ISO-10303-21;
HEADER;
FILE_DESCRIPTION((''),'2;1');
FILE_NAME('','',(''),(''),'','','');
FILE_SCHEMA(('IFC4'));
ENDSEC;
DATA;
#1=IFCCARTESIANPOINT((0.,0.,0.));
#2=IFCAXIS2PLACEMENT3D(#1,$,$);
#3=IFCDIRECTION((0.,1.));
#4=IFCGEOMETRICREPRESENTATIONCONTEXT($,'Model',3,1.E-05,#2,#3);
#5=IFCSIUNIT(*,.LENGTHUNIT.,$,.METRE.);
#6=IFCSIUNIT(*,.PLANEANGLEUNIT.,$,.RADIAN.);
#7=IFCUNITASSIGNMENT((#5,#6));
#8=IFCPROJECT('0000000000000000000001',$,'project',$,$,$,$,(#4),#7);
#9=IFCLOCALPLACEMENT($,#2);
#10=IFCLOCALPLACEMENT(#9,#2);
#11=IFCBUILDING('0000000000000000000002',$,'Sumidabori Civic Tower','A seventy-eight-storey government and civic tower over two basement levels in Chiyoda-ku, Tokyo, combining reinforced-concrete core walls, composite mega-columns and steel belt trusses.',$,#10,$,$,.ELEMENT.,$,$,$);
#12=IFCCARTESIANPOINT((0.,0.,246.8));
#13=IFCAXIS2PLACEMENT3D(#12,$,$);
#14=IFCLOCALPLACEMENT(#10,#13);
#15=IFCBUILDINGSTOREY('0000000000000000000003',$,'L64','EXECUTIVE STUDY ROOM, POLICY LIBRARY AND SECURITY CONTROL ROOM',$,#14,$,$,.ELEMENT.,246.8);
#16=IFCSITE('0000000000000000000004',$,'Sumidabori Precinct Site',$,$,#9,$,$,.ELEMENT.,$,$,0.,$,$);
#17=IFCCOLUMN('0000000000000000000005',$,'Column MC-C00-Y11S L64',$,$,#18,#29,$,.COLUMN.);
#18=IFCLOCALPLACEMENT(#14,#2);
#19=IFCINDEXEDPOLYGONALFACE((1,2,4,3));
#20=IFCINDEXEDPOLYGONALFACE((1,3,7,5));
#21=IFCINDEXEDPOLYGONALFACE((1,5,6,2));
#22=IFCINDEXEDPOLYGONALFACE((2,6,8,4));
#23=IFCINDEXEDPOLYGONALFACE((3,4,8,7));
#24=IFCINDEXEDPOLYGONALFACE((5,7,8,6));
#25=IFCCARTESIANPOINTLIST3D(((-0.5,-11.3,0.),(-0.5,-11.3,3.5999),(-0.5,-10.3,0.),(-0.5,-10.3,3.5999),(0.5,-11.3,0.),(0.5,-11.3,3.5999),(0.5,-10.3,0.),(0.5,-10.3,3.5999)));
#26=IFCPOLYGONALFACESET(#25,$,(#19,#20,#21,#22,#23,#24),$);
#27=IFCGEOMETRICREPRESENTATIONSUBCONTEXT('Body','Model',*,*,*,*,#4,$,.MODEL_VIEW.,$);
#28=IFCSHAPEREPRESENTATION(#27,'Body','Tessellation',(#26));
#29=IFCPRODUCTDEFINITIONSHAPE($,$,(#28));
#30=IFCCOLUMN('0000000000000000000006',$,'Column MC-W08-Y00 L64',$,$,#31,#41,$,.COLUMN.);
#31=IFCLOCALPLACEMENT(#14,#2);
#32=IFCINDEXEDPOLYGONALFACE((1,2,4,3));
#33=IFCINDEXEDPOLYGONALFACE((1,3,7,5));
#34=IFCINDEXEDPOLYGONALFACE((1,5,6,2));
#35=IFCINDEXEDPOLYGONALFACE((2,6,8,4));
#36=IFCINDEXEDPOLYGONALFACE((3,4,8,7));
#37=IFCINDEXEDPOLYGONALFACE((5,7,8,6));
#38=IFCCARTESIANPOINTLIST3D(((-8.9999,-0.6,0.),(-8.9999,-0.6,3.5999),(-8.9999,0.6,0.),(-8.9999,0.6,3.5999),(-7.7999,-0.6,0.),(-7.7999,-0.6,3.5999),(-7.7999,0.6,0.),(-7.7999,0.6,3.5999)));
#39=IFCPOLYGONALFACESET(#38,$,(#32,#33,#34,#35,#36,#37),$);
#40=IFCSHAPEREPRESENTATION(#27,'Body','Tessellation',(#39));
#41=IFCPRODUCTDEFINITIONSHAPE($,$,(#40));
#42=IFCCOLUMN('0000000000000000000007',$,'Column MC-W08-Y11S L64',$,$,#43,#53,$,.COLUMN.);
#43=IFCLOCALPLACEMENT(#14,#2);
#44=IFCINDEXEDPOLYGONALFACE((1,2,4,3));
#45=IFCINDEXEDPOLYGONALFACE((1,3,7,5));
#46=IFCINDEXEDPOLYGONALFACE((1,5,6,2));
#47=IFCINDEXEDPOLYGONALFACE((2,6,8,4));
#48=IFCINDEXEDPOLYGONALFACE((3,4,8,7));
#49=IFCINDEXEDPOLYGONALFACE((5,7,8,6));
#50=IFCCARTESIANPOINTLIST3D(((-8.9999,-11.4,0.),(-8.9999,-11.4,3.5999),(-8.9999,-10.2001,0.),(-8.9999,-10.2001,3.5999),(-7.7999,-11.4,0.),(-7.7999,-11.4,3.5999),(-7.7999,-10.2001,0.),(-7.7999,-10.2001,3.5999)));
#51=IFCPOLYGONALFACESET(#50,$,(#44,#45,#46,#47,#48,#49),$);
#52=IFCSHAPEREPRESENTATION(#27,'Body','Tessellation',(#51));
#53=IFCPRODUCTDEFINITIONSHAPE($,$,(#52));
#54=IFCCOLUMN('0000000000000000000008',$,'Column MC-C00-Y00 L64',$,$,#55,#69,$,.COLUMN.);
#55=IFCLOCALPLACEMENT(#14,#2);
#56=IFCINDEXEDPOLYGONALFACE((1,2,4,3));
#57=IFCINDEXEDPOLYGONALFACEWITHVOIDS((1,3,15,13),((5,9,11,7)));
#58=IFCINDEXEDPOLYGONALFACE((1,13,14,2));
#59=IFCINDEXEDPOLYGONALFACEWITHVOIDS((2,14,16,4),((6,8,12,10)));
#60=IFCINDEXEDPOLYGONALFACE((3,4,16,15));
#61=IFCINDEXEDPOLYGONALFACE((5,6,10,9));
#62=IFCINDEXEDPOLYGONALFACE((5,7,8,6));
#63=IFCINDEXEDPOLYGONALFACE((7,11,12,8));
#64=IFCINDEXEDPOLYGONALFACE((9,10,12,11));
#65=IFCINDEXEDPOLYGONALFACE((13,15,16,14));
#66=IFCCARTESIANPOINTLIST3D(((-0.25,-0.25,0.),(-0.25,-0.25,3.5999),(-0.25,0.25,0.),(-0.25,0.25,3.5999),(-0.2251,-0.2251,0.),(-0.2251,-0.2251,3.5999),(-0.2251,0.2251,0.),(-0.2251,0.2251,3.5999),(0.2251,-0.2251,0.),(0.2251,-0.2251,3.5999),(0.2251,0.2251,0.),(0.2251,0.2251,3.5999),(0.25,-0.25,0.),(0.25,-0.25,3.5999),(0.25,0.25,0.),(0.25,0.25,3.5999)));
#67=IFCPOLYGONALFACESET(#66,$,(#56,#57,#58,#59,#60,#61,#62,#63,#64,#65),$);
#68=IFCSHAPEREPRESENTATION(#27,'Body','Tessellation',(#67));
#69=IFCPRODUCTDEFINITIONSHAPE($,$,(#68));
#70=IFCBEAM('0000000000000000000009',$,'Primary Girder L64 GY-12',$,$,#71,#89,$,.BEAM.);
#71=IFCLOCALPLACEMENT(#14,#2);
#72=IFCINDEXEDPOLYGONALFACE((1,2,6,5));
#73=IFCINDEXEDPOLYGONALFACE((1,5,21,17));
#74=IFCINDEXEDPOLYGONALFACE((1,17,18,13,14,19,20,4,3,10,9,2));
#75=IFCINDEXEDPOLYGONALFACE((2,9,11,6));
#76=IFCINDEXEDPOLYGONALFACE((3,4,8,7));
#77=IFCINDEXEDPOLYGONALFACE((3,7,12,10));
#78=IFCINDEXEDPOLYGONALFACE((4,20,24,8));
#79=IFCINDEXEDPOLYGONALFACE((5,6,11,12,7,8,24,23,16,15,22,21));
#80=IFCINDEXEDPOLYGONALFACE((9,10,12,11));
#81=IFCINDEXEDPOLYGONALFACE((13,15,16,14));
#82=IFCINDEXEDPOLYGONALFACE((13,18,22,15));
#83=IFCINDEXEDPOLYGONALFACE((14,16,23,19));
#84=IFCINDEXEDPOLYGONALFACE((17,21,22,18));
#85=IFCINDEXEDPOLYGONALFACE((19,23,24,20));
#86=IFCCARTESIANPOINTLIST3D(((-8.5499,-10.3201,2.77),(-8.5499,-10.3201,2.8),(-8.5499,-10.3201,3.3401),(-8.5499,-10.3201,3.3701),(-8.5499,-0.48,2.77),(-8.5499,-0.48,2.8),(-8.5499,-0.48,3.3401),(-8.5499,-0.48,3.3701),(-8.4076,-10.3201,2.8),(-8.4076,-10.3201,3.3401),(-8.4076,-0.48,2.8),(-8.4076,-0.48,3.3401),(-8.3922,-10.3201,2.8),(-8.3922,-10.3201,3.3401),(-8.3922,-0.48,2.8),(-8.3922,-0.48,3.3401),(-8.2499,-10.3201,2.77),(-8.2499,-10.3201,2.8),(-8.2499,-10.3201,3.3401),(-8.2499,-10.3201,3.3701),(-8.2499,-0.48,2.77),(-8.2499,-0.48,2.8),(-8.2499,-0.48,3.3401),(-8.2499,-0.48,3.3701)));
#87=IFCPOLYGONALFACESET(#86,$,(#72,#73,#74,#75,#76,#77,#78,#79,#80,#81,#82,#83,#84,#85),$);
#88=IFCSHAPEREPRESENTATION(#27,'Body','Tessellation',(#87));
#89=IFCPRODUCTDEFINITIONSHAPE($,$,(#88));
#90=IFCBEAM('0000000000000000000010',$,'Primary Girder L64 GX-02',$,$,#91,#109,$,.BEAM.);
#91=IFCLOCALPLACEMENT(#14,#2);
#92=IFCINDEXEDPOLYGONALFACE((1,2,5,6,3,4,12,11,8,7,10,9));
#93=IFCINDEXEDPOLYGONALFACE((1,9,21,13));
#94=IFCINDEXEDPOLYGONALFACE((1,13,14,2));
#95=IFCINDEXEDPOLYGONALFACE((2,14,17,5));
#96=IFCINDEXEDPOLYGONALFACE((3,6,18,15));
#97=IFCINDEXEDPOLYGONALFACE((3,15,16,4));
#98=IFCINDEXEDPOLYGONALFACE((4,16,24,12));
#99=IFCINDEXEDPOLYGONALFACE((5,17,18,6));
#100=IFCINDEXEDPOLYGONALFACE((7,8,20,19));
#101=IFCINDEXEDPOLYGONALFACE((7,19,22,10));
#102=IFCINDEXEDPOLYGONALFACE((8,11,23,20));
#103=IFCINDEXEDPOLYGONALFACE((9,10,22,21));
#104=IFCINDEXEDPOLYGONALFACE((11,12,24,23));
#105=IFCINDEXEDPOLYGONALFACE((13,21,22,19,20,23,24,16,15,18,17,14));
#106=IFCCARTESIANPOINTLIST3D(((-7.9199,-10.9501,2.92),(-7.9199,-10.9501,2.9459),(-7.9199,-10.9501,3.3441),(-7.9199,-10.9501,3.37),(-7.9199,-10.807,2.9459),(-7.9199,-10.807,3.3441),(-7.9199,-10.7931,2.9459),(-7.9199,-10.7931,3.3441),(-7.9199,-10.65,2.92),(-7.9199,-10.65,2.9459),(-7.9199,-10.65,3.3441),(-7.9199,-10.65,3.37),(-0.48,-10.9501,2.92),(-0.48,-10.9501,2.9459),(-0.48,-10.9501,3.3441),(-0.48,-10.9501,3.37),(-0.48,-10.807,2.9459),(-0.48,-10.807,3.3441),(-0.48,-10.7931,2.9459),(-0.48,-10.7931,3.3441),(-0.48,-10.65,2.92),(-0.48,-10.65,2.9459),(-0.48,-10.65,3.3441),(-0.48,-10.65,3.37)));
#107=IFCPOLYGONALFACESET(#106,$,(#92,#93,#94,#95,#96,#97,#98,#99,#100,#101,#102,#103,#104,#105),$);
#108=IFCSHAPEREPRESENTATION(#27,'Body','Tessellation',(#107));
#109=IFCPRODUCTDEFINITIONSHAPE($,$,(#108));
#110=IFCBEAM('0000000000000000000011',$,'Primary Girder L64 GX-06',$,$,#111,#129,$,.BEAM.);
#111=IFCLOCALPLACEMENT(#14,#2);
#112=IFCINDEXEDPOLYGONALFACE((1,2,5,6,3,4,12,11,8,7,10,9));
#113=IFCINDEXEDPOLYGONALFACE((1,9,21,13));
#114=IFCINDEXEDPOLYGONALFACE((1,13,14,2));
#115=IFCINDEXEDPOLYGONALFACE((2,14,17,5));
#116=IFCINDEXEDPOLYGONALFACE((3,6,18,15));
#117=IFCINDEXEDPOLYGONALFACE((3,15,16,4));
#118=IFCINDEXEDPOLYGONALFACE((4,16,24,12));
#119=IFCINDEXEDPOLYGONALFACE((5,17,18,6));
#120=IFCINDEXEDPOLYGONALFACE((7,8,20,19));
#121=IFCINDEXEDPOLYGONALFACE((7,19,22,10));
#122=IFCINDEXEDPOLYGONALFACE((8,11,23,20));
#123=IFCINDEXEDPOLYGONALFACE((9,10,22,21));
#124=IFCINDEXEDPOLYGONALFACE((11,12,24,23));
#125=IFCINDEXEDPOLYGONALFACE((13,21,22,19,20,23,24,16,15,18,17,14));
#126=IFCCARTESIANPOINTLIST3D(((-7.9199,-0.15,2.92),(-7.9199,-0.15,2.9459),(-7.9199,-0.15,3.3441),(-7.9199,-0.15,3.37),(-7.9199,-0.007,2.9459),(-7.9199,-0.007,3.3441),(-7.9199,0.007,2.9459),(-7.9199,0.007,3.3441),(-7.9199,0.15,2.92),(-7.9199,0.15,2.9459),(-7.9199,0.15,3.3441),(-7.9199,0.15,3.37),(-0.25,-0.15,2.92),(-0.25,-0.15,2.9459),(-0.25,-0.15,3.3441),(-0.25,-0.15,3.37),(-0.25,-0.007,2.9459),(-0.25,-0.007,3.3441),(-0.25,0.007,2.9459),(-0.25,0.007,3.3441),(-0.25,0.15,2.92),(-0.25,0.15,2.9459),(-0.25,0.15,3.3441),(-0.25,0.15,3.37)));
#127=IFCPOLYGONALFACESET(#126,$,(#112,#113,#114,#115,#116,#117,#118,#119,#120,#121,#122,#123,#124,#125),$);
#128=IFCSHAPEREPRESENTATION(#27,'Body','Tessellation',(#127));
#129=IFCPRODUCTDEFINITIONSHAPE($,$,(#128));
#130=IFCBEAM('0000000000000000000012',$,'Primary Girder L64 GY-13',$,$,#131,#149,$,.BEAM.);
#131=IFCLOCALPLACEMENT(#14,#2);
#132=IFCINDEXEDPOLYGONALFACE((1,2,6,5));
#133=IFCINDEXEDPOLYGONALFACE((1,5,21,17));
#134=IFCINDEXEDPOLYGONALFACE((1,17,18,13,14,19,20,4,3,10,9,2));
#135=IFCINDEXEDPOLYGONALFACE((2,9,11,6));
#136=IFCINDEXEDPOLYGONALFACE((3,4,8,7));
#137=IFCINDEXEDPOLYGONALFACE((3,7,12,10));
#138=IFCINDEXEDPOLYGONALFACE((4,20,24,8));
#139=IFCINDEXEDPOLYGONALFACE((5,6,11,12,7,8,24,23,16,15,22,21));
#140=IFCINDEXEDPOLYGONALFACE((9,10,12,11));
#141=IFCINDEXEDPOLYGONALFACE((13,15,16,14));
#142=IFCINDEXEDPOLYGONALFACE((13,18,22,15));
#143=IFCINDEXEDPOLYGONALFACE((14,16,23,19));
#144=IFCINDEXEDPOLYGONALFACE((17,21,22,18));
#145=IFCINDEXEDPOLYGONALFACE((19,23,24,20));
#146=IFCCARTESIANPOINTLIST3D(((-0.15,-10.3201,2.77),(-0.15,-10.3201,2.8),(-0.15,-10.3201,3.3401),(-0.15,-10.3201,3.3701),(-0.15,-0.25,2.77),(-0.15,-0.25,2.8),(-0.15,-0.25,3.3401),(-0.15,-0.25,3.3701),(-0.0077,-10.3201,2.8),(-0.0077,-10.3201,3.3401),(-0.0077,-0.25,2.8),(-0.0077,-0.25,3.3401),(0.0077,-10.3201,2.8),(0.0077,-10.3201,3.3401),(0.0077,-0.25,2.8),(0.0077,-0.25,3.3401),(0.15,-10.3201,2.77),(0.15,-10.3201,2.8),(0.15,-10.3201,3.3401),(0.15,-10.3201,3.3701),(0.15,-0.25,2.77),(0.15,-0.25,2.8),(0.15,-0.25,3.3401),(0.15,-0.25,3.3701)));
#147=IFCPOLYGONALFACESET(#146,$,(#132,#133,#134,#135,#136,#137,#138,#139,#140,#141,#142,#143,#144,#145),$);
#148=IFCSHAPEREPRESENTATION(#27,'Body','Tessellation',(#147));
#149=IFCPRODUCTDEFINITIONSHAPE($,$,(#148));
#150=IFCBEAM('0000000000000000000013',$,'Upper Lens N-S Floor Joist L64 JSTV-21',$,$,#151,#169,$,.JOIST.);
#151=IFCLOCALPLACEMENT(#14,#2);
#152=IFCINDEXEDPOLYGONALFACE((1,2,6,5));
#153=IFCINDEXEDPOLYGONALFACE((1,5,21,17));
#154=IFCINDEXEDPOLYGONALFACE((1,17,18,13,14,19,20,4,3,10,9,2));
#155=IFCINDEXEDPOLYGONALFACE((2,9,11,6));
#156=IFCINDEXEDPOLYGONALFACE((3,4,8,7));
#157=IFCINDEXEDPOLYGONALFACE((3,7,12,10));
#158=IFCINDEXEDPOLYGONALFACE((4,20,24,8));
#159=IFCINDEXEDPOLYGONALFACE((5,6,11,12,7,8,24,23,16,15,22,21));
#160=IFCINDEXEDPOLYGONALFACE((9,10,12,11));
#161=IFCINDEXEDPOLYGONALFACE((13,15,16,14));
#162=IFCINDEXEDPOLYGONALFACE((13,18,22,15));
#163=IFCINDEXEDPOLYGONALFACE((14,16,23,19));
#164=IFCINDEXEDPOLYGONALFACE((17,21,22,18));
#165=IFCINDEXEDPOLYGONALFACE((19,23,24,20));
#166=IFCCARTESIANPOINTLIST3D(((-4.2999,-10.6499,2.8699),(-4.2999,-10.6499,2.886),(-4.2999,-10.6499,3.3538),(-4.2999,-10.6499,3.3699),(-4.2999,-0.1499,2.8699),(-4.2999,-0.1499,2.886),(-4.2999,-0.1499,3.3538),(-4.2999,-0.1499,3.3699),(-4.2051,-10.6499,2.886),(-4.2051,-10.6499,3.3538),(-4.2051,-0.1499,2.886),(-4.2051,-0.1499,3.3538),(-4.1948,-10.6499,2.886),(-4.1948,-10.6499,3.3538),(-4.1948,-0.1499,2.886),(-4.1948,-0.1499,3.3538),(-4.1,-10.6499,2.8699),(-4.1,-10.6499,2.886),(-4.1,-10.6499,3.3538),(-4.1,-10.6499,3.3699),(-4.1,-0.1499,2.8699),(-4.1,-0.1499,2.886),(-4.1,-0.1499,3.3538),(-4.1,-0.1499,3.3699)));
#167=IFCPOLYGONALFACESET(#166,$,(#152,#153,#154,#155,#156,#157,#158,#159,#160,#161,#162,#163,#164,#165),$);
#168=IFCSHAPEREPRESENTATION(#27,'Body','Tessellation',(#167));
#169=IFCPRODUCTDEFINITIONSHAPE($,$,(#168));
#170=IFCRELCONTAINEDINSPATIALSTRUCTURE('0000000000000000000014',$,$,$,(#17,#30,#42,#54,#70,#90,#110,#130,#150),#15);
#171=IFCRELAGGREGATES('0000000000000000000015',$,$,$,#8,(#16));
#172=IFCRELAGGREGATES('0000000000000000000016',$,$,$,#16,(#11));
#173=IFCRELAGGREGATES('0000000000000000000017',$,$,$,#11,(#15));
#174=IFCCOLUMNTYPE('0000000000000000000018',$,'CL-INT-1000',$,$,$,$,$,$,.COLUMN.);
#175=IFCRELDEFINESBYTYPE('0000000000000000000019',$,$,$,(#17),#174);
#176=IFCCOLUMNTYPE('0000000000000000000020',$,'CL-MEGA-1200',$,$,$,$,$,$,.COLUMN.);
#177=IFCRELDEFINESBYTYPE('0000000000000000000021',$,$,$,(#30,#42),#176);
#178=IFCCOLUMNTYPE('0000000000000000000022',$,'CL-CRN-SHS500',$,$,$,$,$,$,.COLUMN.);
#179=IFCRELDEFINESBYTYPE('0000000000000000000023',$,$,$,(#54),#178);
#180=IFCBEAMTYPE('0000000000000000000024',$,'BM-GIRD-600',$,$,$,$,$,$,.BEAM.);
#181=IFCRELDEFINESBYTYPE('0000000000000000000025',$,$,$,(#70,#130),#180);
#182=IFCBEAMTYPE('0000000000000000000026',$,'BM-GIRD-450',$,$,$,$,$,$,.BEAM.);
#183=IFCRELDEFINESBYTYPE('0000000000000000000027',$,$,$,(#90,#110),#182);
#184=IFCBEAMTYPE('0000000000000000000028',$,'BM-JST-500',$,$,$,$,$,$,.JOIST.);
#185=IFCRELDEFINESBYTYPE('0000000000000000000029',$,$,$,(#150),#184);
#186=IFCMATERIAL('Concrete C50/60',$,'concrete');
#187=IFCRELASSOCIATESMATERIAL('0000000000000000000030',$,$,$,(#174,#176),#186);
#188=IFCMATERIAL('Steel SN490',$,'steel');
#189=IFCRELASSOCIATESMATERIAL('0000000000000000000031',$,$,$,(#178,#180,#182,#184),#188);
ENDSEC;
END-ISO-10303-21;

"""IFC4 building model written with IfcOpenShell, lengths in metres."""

from ifc_helpers import new_model, si_unit, direction, frame, origin, origin_with_axes, origin_2d, place, context, subcontext, project, spatial, rectangle, hollow_rectangle, i_section, extrude, source, transform, mapped, material, material_profile, profile_set, type_object, element, save


model = new_model("IFC4")

# Units and contexts
model_context = context("Model", 3, precision=1e-05, world=origin(), true_north=direction((0.0, 1.0)))
body_context = subcontext(model_context, "Body", "Model", "MODEL_VIEW")
ifc_project = project(units=[si_unit("LENGTHUNIT", "METRE"), si_unit("PLANEANGLEUNIT", "RADIAN")], contexts=[model_context])

# Site, building, storey
site_placement = place(None, origin())
site = spatial("IfcSite", under=ifc_project, at=site_placement, Name="Sumidabori Precinct Site", CompositionType="ELEMENT", RefElevation=0.0)
building_placement = place(site_placement, origin())
building = spatial("IfcBuilding", under=site, at=building_placement, Name="Sumidabori Civic Tower", Description="A seventy-eight-storey government and civic tower over two basement levels in Chiyoda-ku, Tokyo, combining reinforced-concrete core walls, composite mega-columns and steel belt trusses.", CompositionType="ELEMENT")
storey_placement = place(building_placement, frame((0.0, 0.0, 246.8)))
storey = spatial("IfcBuildingStorey", under=building, at=storey_placement, Name="L64", Description="EXECUTIVE STUDY ROOM, POLICY LIBRARY AND SECURITY CONTROL ROOM", CompositionType="ELEMENT", Elevation=246.8)

# Columns
ifc_material_1 = material(Name="Concrete C50/60", Category="concrete")
ifc_material_profile_1 = material_profile(ifc_material_1, rectangle(XDim=1.0, YDim=1.0, at=origin_2d()), Name="RC 1000x1000")
ifc_profile_set_1 = profile_set([ifc_material_profile_1], Name="Concrete C50/60")
column_type_1 = type_object("IfcColumnType", Name="CL-INT-1000", PredefinedType="COLUMN", material=ifc_profile_set_1)
shared_shape_1 = source(origin(), body_context, "Body", "SweptSolid", [
    extrude(rectangle(XDim=1.0, YDim=1.0, at=origin_2d()), origin(), (0.0, 0.0, 1.0), 3.5999),
])
column_1_placement = place(storey_placement, frame((0.0, -10.8, 0.0), z_axis=(0.0, 0.0, 1.0), x_axis=(1.0, 0.0, 0.0)))
element("IfcColumn", 1, at=column_1_placement, inside=storey, type_object=column_type_1, Name="Column MC-C00-Y11S L64", PredefinedType="COLUMN", context=body_context, shape_type="MappedRepresentation", body=[
    mapped(shared_shape_1, transform((0.0, 0.0, 0.0), x_axis=(1.0, 0.0, 0.0), y_axis=(0.0, 1.0, 0.0), z_axis=(0.0, 0.0, 1.0), scale=1.0)),
])
ifc_material_profile_2 = material_profile(ifc_material_1, rectangle(XDim=1.2, YDim=1.2, at=origin_2d()), Name="RC 1200x1200")
ifc_profile_set_2 = profile_set([ifc_material_profile_2], Name="Concrete C50/60")
column_type_2 = type_object("IfcColumnType", Name="CL-MEGA-1200", PredefinedType="COLUMN", material=ifc_profile_set_2)
shared_shape_2 = source(origin(), body_context, "Body", "SweptSolid", [
    extrude(rectangle(XDim=1.2, YDim=1.2, at=origin_2d()), origin(), (0.0, 0.0, 1.0), 3.5999),
])
for number, where, z_axis, x_axis, name in (
    (2, (-8.3999, 0.0, 0.0), (0.0, 0.0, 1.0), (1.0, 0.0, 0.0), "Column MC-W08-Y00 L64"),
    (3, (-8.3999, -10.8, 0.0), (0.0, 0.0, 1.0), (1.0, 0.0, 0.0), "Column MC-W08-Y11S L64"),
):
    element("IfcColumn", number, at=place(storey_placement, frame(where, z_axis=z_axis, x_axis=x_axis)), inside=storey, type_object=column_type_2, Name=name, PredefinedType="COLUMN", context=body_context, shape_type="MappedRepresentation", body=[
        mapped(shared_shape_2, transform((0.0, 0.0, 0.0), x_axis=(1.0, 0.0, 0.0), y_axis=(0.0, 1.0, 0.0), z_axis=(0.0, 0.0, 1.0), scale=1.0)),
    ])
ifc_material_2 = material(Name="Steel SN490", Category="steel")
ifc_material_profile_3 = material_profile(ifc_material_2, hollow_rectangle(XDim=0.5, YDim=0.5, WallThickness=0.0249, at=origin_2d()), Name="SHS 500x500x25")
ifc_profile_set_3 = profile_set([ifc_material_profile_3], Name="Steel SN490")
column_type_3 = type_object("IfcColumnType", Name="CL-CRN-SHS500", PredefinedType="COLUMN", material=ifc_profile_set_3)
shared_shape_3 = source(origin(), body_context, "Body", "SweptSolid", [
    extrude(hollow_rectangle(XDim=0.5, YDim=0.5, WallThickness=0.0249, at=origin_2d()), origin(), (0.0, 0.0, 1.0), 3.5999),
])
column_2_placement = place(storey_placement, origin_with_axes())
element("IfcColumn", 4, at=column_2_placement, inside=storey, type_object=column_type_3, Name="Column MC-C00-Y00 L64", PredefinedType="COLUMN", context=body_context, shape_type="MappedRepresentation", body=[
    mapped(shared_shape_3, transform((0.0, 0.0, 0.0), x_axis=(1.0, 0.0, 0.0), y_axis=(0.0, 1.0, 0.0), z_axis=(0.0, 0.0, 1.0), scale=1.0)),
])

# Beams
ifc_material_profile_4 = material_profile(ifc_material_2, i_section(OverallWidth=0.3, OverallDepth=0.6001, WebThickness=0.0154, FlangeThickness=0.03, at=origin_2d()), Name="HE 600 B")
ifc_profile_set_4 = profile_set([ifc_material_profile_4], Name="Steel SN490")
beam_type_1 = type_object("IfcBeamType", Name="BM-GIRD-600", PredefinedType="BEAM", material=ifc_profile_set_4)
shared_shape_4 = source(origin(), body_context, "Body", "SweptSolid", [
    extrude(i_section(OverallWidth=0.3, OverallDepth=0.6001, WebThickness=0.0154, FlangeThickness=0.03, at=origin_2d()), origin(), (0.0, 0.0, 1.0), 9.8401),
])
beam_1_placement = place(storey_placement, frame((-8.3999, -10.3201, 3.0701), z_axis=(0.0, 1.0, 0.0), x_axis=(-1.0, 0.0, 0.0)))
element("IfcBeam", 5, at=beam_1_placement, inside=storey, type_object=beam_type_1, Name="Primary Girder L64 GY-12", PredefinedType="BEAM", context=body_context, shape_type="MappedRepresentation", body=[
    mapped(shared_shape_4, transform((0.0, 0.0, 0.0), x_axis=(1.0, 0.0, 0.0), y_axis=(0.0, 1.0, 0.0), z_axis=(0.0, 0.0, 1.0), scale=1.0)),
])
ifc_material_profile_5 = material_profile(ifc_material_2, i_section(OverallWidth=0.3, OverallDepth=0.45, WebThickness=0.0139, FlangeThickness=0.0259, at=origin_2d()), Name="HE 450 B")
ifc_profile_set_5 = profile_set([ifc_material_profile_5], Name="Steel SN490")
beam_type_2 = type_object("IfcBeamType", Name="BM-GIRD-450", PredefinedType="BEAM", material=ifc_profile_set_5)
shared_shape_5 = source(origin(), body_context, "Body", "SweptSolid", [
    extrude(i_section(OverallWidth=0.3, OverallDepth=0.45, WebThickness=0.0139, FlangeThickness=0.0259, at=origin_2d()), origin(), (0.0, 0.0, 1.0), 7.4399),
])
beam_2_placement = place(storey_placement, frame((-7.9199, -10.8, 3.145), z_axis=(1.0, 0.0, 0.0), x_axis=(0.0, 1.0, 0.0)))
element("IfcBeam", 6, at=beam_2_placement, inside=storey, type_object=beam_type_2, Name="Primary Girder L64 GX-02", PredefinedType="BEAM", context=body_context, shape_type="MappedRepresentation", body=[
    mapped(shared_shape_5, transform((0.0, 0.0, 0.0), x_axis=(1.0, 0.0, 0.0), y_axis=(0.0, 1.0, 0.0), z_axis=(0.0, 0.0, 1.0), scale=1.0)),
])
shared_shape_6 = source(origin(), body_context, "Body", "SweptSolid", [
    extrude(i_section(OverallWidth=0.3, OverallDepth=0.45, WebThickness=0.0139, FlangeThickness=0.0259, at=origin_2d()), origin(), (0.0, 0.0, 1.0), 7.6699),
])
beam_3_placement = place(storey_placement, frame((-7.9199, 0.0, 3.145), z_axis=(1.0, 0.0, 0.0), x_axis=(0.0, 1.0, 0.0)))
element("IfcBeam", 7, at=beam_3_placement, inside=storey, type_object=beam_type_2, Name="Primary Girder L64 GX-06", PredefinedType="BEAM", context=body_context, shape_type="MappedRepresentation", body=[
    mapped(shared_shape_6, transform((0.0, 0.0, 0.0), x_axis=(1.0, 0.0, 0.0), y_axis=(0.0, 1.0, 0.0), z_axis=(0.0, 0.0, 1.0), scale=1.0)),
])
shared_shape_7 = source(origin(), body_context, "Body", "SweptSolid", [
    extrude(i_section(OverallWidth=0.3, OverallDepth=0.6001, WebThickness=0.0154, FlangeThickness=0.03, at=origin_2d()), origin(), (0.0, 0.0, 1.0), 10.0701),
])
beam_4_placement = place(storey_placement, frame((0.0, -10.3201, 3.0701), z_axis=(0.0, 1.0, 0.0), x_axis=(-1.0, 0.0, 0.0)))
element("IfcBeam", 8, at=beam_4_placement, inside=storey, type_object=beam_type_1, Name="Primary Girder L64 GY-13", PredefinedType="BEAM", context=body_context, shape_type="MappedRepresentation", body=[
    mapped(shared_shape_7, transform((0.0, 0.0, 0.0), x_axis=(1.0, 0.0, 0.0), y_axis=(0.0, 1.0, 0.0), z_axis=(0.0, 0.0, 1.0), scale=1.0)),
])
ifc_material_profile_6 = material_profile(ifc_material_2, i_section(OverallWidth=0.2, OverallDepth=0.5, WebThickness=0.0103, FlangeThickness=0.0161, at=origin_2d()), Name="IPE 500")
ifc_profile_set_6 = profile_set([ifc_material_profile_6], Name="Steel SN490")
beam_type_3 = type_object("IfcBeamType", Name="BM-JST-500", PredefinedType="JOIST", material=ifc_profile_set_6)
shared_shape_8 = source(origin(), body_context, "Body", "SweptSolid", [
    extrude(i_section(OverallWidth=0.2, OverallDepth=0.5, WebThickness=0.0103, FlangeThickness=0.0161, at=origin_2d()), origin(), (0.0, 0.0, 1.0), 10.5),
])
beam_5_placement = place(storey_placement, frame((-4.2, -10.6499, 3.1199), z_axis=(0.0, 1.0, 0.0), x_axis=(-1.0, 0.0, 0.0)))
element("IfcBeam", 9, at=beam_5_placement, inside=storey, type_object=beam_type_3, Name="Upper Lens N-S Floor Joist L64 JSTV-21", PredefinedType="JOIST", context=body_context, shape_type="MappedRepresentation", body=[
    mapped(shared_shape_8, transform((0.0, 0.0, 0.0), x_axis=(1.0, 0.0, 0.0), y_axis=(0.0, 1.0, 0.0), z_axis=(0.0, 0.0, 1.0), scale=1.0)),
])

save(model, "model.ifc")
